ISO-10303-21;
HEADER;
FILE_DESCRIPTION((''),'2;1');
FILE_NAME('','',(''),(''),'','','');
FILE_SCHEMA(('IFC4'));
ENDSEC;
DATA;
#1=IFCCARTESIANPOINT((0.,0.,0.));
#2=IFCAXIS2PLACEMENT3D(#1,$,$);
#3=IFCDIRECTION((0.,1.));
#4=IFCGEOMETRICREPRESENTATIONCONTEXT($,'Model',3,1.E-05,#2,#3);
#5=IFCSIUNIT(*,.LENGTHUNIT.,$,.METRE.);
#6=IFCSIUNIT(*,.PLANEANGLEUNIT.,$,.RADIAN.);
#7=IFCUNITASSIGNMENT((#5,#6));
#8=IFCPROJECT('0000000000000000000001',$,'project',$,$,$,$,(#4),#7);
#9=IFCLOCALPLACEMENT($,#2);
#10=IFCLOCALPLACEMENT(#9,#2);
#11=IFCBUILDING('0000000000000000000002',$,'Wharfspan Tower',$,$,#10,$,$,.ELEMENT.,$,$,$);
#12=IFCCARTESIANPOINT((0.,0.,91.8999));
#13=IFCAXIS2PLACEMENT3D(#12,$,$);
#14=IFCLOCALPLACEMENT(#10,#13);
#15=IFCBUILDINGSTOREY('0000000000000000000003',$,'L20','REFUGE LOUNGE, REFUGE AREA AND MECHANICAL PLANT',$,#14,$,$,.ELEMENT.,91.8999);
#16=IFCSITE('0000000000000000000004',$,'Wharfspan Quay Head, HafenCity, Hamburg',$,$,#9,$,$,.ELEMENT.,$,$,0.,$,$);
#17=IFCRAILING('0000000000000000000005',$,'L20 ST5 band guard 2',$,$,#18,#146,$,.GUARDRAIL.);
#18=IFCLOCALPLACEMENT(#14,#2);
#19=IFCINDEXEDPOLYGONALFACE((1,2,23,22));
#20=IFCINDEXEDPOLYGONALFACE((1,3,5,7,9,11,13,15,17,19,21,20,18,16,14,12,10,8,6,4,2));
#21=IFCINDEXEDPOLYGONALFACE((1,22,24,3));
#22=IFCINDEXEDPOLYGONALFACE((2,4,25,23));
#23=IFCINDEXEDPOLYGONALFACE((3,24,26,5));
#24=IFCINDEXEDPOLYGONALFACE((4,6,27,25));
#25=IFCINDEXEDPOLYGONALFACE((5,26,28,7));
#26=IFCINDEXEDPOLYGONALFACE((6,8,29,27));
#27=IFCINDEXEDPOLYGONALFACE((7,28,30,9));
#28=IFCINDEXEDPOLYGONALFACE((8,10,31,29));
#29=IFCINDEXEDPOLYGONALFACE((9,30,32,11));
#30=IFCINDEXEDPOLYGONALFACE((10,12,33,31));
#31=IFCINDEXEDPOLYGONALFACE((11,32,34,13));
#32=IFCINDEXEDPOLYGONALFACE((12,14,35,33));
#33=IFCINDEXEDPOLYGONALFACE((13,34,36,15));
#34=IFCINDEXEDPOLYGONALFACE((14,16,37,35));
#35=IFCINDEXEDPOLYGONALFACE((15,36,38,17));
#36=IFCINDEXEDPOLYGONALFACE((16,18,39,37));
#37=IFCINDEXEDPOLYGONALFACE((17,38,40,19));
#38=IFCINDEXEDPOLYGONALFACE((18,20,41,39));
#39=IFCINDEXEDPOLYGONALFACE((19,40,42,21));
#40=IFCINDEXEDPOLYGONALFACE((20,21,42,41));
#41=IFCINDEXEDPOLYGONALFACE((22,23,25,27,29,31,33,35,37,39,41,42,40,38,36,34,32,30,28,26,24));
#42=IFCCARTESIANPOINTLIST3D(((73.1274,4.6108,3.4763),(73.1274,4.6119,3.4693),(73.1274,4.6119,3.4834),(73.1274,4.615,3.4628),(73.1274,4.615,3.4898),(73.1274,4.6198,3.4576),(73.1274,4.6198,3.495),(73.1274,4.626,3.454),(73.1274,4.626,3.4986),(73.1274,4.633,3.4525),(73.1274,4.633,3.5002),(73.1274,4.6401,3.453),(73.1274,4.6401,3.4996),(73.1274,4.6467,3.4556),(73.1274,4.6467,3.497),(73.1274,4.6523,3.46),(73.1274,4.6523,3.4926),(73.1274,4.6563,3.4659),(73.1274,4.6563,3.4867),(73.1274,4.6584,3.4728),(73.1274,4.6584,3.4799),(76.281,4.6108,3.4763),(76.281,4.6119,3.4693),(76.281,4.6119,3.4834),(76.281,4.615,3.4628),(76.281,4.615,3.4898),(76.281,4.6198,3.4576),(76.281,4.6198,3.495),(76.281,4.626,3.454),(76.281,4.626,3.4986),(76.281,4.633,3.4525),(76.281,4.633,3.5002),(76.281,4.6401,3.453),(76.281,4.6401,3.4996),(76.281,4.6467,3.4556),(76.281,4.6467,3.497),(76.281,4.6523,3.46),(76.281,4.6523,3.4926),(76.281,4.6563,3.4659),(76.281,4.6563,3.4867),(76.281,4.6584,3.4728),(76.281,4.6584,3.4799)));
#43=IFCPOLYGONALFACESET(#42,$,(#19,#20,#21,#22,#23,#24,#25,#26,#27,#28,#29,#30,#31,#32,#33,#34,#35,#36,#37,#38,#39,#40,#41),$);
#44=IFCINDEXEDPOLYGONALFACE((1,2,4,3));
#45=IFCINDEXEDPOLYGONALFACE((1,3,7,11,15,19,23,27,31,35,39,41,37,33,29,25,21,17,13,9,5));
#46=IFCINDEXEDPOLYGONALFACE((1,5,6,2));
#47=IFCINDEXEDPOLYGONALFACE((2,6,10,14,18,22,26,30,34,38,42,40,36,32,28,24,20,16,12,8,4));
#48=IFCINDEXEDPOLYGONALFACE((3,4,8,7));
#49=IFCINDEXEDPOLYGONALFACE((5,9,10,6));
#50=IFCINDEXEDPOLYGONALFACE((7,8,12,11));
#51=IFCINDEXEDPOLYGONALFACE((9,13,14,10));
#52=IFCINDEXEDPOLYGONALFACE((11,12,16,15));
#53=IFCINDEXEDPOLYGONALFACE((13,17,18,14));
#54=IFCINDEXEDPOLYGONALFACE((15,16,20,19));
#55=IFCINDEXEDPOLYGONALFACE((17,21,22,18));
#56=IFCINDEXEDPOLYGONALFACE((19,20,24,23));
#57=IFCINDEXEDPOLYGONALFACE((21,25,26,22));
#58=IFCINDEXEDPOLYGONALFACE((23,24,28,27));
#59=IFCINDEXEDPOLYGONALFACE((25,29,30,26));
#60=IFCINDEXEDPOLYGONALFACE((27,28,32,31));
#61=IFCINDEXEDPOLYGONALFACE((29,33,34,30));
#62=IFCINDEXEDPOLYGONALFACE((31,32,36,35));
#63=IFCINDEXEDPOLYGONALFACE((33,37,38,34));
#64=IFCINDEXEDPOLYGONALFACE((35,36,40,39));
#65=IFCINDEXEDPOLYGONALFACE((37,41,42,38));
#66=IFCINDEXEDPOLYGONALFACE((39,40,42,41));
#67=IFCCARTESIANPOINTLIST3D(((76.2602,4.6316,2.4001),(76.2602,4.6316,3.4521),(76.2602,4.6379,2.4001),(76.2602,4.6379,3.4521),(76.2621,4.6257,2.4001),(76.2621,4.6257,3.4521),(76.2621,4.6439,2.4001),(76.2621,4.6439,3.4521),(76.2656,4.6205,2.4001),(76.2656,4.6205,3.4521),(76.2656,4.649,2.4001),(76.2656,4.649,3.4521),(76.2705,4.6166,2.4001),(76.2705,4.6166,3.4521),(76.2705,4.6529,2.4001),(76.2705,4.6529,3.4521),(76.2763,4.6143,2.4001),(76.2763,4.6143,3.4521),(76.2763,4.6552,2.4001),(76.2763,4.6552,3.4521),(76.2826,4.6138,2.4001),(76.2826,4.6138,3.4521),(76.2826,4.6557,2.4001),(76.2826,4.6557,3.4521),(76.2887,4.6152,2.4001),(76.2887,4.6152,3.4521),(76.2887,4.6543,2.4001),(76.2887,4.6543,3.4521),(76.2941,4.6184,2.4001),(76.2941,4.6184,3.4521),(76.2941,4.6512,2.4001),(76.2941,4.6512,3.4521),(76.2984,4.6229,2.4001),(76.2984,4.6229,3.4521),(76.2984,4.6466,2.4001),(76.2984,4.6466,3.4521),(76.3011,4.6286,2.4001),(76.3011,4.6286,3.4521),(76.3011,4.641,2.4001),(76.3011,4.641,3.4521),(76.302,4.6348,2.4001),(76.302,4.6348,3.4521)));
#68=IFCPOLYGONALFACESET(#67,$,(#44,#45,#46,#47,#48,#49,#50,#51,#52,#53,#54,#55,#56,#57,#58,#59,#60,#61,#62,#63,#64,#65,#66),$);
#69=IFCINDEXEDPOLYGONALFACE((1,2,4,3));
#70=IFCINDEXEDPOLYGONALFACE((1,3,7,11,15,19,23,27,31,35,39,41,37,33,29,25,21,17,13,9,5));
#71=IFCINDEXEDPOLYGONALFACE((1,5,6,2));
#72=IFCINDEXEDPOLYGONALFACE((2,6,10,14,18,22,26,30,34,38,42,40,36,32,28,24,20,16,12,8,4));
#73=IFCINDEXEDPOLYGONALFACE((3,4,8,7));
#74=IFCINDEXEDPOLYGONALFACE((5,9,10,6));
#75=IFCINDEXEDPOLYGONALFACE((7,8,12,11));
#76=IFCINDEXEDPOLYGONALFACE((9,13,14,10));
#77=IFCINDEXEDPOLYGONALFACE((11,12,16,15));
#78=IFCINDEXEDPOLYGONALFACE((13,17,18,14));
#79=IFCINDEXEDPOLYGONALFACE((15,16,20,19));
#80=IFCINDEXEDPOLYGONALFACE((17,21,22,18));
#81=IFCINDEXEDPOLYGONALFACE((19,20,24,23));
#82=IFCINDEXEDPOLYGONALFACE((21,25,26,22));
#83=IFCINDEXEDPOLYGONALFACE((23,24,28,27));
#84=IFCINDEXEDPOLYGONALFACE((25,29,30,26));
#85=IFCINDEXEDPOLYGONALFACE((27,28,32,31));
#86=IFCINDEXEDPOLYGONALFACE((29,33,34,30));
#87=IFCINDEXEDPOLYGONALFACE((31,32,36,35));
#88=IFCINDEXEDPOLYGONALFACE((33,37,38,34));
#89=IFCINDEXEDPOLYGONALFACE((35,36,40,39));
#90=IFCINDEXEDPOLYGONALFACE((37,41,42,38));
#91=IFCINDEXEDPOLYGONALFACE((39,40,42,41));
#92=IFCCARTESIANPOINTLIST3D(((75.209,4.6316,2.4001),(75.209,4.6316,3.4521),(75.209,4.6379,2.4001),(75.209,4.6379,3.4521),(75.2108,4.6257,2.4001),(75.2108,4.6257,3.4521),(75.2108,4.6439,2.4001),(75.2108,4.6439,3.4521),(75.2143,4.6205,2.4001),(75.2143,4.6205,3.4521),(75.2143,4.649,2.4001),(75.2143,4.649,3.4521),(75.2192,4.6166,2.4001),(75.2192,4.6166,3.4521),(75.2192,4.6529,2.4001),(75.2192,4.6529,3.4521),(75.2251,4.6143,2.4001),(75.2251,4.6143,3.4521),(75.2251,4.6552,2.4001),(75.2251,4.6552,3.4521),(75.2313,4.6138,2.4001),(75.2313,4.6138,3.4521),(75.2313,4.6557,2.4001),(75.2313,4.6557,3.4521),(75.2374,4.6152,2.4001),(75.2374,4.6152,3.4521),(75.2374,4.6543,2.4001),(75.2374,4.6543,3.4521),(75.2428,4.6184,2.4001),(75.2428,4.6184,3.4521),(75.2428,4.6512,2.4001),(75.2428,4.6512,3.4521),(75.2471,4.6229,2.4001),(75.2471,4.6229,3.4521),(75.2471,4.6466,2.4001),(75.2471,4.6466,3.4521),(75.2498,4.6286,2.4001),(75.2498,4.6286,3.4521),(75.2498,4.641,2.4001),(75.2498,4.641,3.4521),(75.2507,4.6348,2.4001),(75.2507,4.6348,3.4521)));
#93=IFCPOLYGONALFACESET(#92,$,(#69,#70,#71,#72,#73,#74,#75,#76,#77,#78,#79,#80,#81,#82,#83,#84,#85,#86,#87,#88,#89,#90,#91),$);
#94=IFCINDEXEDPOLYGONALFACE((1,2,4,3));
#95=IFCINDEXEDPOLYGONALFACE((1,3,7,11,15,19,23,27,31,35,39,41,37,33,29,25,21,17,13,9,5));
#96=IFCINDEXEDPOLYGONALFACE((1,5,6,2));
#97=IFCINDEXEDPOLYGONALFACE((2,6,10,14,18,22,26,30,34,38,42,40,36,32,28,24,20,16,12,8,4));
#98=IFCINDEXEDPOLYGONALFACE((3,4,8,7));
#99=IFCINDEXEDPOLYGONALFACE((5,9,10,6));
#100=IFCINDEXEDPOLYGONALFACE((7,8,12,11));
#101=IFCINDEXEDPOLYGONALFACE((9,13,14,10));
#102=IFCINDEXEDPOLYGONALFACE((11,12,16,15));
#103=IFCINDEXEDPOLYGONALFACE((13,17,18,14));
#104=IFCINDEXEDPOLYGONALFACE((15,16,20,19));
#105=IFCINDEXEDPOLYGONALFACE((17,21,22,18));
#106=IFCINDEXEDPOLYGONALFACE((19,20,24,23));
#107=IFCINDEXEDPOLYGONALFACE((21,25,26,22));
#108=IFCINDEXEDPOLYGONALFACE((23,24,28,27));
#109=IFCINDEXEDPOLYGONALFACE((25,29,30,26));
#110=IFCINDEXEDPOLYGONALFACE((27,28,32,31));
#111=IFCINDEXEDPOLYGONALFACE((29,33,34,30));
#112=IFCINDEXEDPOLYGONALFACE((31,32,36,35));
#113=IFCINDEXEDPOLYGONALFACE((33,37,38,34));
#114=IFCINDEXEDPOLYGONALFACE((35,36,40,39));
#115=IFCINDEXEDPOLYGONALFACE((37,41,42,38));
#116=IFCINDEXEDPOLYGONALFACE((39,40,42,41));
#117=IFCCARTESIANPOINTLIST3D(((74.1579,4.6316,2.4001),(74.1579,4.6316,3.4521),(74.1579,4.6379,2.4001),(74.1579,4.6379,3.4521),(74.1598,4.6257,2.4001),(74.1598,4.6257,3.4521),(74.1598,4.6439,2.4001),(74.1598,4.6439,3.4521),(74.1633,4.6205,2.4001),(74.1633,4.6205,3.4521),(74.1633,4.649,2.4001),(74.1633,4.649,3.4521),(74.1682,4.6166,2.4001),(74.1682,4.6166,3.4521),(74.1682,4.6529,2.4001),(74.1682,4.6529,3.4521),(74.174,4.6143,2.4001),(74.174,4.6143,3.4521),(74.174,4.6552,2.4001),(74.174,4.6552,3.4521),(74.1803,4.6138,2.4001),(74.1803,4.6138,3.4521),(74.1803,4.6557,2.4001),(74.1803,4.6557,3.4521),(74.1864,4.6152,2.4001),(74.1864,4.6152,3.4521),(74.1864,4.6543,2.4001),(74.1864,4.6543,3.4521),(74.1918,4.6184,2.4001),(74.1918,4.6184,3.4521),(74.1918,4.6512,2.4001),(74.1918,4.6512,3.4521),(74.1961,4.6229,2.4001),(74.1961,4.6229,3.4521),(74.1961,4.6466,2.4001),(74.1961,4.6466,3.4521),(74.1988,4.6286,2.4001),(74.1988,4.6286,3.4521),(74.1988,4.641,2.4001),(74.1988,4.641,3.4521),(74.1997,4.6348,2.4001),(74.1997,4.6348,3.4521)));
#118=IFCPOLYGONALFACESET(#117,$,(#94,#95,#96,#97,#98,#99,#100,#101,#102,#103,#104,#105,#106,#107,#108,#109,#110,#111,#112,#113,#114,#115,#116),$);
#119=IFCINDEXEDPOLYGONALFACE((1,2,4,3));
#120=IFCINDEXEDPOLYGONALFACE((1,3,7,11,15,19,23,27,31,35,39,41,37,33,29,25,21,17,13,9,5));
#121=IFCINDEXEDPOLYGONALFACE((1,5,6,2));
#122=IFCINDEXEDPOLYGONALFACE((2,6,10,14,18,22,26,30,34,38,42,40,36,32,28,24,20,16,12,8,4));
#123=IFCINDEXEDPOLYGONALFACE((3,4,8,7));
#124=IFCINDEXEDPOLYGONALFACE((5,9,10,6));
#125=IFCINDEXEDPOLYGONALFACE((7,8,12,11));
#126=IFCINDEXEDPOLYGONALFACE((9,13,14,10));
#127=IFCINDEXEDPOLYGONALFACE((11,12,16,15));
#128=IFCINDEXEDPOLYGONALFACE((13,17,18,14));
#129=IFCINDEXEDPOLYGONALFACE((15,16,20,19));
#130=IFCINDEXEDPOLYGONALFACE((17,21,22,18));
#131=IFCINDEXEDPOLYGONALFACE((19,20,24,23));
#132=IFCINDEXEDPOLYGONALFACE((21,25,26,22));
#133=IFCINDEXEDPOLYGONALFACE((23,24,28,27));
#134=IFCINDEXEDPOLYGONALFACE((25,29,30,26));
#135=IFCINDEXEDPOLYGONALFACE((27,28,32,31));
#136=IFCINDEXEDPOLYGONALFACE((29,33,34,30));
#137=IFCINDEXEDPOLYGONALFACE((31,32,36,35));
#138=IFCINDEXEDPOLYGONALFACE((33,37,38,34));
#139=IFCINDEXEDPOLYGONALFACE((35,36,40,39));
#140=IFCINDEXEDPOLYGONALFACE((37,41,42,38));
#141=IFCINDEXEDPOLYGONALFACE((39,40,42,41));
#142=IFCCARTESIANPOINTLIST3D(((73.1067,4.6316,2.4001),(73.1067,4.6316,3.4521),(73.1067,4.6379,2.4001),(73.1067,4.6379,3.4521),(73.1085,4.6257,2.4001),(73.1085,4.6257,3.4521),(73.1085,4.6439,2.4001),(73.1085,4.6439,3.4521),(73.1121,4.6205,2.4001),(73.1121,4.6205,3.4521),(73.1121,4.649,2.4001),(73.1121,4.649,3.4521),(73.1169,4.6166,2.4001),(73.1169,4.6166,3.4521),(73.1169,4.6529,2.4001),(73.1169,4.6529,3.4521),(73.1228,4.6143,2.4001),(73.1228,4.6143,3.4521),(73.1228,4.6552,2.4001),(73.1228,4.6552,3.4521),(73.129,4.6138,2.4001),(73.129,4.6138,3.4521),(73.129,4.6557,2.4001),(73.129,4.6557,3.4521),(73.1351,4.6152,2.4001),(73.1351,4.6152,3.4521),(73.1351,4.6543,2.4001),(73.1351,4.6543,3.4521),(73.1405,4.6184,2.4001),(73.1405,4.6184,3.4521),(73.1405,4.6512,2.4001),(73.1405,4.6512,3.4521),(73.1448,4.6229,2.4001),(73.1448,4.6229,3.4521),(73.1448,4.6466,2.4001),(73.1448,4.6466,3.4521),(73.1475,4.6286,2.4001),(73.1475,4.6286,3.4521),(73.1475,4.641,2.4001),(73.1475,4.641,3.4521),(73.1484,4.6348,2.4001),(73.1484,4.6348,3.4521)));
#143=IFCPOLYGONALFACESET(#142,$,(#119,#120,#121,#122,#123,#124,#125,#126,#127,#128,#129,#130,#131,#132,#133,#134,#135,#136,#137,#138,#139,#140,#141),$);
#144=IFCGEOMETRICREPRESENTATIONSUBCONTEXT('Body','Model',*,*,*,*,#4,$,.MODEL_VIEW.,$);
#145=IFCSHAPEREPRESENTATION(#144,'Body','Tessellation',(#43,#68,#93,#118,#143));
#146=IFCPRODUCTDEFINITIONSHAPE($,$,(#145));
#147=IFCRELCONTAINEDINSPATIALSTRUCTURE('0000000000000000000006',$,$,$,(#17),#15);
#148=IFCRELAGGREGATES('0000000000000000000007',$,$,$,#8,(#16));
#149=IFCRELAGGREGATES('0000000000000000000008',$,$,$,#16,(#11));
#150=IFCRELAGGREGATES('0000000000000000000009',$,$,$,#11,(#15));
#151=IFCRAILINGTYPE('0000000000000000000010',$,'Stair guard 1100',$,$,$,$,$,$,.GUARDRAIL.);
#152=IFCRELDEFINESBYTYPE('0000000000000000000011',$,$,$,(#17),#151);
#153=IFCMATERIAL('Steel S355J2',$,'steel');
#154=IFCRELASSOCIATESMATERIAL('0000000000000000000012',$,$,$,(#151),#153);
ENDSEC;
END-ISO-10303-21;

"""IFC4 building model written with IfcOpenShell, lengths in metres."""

from ifc_helpers import new_model, si_unit, direction, frame, origin, origin_2d, place, context, subcontext, project, spatial, circle, extrude, material, type_object, element, save


model = new_model("IFC4")

# Units and contexts
model_context = context("Model", 3, precision=1e-05, world=origin(), true_north=direction((0.0, 1.0)))
body_context = subcontext(model_context, "Body", "Model", "MODEL_VIEW")
ifc_project = project(units=[si_unit("LENGTHUNIT", "METRE"), si_unit("PLANEANGLEUNIT", "RADIAN")], contexts=[model_context])

# Site, building, storey
site_placement = place(None, origin())
site = spatial("IfcSite", under=ifc_project, at=site_placement, Name="Wharfspan Quay Head, HafenCity, Hamburg", CompositionType="ELEMENT", RefElevation=0.0)
building_placement = place(site_placement, origin())
building = spatial("IfcBuilding", under=site, at=building_placement, Name="Wharfspan Tower", CompositionType="ELEMENT")
storey_placement = place(building_placement, frame((0.0, 0.0, 91.8999)))
storey = spatial("IfcBuildingStorey", under=building, at=storey_placement, Name="L20", Description="REFUGE LOUNGE, REFUGE AREA AND MECHANICAL PLANT", CompositionType="ELEMENT", Elevation=91.8999)

# Shared definitions
ifc_material_1 = material(Name="Steel S355J2", Category="steel")

# Railing
railing_type_1 = type_object("IfcRailingType", Name="Stair guard 1100", PredefinedType="GUARDRAIL", material=ifc_material_1)
railing_1_placement = place(storey_placement, frame((76.281, 4.6348, 2.4001)))
element("IfcRailing", 1, at=railing_1_placement, inside=storey, type_object=railing_type_1, Name="L20 ST5 band guard 2", PredefinedType="GUARDRAIL", context=body_context, shape_type="SweptSolid", body=[
    extrude(circle(Radius=0.0239, at=origin_2d()), frame((0.0, 0.0, 1.0762), z_axis=(-1.0, 0.0, 0.0), x_axis=(0.0, -1.0, 0.0)), (0.0, 0.0, 1.0), 3.1536),
    extrude(circle(Radius=0.021, at=origin_2d()), origin(), (0.0, 0.0, 1.0), 1.052),
    extrude(circle(Radius=0.021, at=origin_2d()), frame((-1.0513, 0.0, 0.0)), (0.0, 0.0, 1.0), 1.052),
    extrude(circle(Radius=0.021, at=origin_2d()), frame((-2.1023, 0.0, 0.0)), (0.0, 0.0, 1.0), 1.052),
    extrude(circle(Radius=0.021, at=origin_2d()), frame((-3.1536, 0.0, 0.0)), (0.0, 0.0, 1.0), 1.052),
])

save(model, "model.ifc")
